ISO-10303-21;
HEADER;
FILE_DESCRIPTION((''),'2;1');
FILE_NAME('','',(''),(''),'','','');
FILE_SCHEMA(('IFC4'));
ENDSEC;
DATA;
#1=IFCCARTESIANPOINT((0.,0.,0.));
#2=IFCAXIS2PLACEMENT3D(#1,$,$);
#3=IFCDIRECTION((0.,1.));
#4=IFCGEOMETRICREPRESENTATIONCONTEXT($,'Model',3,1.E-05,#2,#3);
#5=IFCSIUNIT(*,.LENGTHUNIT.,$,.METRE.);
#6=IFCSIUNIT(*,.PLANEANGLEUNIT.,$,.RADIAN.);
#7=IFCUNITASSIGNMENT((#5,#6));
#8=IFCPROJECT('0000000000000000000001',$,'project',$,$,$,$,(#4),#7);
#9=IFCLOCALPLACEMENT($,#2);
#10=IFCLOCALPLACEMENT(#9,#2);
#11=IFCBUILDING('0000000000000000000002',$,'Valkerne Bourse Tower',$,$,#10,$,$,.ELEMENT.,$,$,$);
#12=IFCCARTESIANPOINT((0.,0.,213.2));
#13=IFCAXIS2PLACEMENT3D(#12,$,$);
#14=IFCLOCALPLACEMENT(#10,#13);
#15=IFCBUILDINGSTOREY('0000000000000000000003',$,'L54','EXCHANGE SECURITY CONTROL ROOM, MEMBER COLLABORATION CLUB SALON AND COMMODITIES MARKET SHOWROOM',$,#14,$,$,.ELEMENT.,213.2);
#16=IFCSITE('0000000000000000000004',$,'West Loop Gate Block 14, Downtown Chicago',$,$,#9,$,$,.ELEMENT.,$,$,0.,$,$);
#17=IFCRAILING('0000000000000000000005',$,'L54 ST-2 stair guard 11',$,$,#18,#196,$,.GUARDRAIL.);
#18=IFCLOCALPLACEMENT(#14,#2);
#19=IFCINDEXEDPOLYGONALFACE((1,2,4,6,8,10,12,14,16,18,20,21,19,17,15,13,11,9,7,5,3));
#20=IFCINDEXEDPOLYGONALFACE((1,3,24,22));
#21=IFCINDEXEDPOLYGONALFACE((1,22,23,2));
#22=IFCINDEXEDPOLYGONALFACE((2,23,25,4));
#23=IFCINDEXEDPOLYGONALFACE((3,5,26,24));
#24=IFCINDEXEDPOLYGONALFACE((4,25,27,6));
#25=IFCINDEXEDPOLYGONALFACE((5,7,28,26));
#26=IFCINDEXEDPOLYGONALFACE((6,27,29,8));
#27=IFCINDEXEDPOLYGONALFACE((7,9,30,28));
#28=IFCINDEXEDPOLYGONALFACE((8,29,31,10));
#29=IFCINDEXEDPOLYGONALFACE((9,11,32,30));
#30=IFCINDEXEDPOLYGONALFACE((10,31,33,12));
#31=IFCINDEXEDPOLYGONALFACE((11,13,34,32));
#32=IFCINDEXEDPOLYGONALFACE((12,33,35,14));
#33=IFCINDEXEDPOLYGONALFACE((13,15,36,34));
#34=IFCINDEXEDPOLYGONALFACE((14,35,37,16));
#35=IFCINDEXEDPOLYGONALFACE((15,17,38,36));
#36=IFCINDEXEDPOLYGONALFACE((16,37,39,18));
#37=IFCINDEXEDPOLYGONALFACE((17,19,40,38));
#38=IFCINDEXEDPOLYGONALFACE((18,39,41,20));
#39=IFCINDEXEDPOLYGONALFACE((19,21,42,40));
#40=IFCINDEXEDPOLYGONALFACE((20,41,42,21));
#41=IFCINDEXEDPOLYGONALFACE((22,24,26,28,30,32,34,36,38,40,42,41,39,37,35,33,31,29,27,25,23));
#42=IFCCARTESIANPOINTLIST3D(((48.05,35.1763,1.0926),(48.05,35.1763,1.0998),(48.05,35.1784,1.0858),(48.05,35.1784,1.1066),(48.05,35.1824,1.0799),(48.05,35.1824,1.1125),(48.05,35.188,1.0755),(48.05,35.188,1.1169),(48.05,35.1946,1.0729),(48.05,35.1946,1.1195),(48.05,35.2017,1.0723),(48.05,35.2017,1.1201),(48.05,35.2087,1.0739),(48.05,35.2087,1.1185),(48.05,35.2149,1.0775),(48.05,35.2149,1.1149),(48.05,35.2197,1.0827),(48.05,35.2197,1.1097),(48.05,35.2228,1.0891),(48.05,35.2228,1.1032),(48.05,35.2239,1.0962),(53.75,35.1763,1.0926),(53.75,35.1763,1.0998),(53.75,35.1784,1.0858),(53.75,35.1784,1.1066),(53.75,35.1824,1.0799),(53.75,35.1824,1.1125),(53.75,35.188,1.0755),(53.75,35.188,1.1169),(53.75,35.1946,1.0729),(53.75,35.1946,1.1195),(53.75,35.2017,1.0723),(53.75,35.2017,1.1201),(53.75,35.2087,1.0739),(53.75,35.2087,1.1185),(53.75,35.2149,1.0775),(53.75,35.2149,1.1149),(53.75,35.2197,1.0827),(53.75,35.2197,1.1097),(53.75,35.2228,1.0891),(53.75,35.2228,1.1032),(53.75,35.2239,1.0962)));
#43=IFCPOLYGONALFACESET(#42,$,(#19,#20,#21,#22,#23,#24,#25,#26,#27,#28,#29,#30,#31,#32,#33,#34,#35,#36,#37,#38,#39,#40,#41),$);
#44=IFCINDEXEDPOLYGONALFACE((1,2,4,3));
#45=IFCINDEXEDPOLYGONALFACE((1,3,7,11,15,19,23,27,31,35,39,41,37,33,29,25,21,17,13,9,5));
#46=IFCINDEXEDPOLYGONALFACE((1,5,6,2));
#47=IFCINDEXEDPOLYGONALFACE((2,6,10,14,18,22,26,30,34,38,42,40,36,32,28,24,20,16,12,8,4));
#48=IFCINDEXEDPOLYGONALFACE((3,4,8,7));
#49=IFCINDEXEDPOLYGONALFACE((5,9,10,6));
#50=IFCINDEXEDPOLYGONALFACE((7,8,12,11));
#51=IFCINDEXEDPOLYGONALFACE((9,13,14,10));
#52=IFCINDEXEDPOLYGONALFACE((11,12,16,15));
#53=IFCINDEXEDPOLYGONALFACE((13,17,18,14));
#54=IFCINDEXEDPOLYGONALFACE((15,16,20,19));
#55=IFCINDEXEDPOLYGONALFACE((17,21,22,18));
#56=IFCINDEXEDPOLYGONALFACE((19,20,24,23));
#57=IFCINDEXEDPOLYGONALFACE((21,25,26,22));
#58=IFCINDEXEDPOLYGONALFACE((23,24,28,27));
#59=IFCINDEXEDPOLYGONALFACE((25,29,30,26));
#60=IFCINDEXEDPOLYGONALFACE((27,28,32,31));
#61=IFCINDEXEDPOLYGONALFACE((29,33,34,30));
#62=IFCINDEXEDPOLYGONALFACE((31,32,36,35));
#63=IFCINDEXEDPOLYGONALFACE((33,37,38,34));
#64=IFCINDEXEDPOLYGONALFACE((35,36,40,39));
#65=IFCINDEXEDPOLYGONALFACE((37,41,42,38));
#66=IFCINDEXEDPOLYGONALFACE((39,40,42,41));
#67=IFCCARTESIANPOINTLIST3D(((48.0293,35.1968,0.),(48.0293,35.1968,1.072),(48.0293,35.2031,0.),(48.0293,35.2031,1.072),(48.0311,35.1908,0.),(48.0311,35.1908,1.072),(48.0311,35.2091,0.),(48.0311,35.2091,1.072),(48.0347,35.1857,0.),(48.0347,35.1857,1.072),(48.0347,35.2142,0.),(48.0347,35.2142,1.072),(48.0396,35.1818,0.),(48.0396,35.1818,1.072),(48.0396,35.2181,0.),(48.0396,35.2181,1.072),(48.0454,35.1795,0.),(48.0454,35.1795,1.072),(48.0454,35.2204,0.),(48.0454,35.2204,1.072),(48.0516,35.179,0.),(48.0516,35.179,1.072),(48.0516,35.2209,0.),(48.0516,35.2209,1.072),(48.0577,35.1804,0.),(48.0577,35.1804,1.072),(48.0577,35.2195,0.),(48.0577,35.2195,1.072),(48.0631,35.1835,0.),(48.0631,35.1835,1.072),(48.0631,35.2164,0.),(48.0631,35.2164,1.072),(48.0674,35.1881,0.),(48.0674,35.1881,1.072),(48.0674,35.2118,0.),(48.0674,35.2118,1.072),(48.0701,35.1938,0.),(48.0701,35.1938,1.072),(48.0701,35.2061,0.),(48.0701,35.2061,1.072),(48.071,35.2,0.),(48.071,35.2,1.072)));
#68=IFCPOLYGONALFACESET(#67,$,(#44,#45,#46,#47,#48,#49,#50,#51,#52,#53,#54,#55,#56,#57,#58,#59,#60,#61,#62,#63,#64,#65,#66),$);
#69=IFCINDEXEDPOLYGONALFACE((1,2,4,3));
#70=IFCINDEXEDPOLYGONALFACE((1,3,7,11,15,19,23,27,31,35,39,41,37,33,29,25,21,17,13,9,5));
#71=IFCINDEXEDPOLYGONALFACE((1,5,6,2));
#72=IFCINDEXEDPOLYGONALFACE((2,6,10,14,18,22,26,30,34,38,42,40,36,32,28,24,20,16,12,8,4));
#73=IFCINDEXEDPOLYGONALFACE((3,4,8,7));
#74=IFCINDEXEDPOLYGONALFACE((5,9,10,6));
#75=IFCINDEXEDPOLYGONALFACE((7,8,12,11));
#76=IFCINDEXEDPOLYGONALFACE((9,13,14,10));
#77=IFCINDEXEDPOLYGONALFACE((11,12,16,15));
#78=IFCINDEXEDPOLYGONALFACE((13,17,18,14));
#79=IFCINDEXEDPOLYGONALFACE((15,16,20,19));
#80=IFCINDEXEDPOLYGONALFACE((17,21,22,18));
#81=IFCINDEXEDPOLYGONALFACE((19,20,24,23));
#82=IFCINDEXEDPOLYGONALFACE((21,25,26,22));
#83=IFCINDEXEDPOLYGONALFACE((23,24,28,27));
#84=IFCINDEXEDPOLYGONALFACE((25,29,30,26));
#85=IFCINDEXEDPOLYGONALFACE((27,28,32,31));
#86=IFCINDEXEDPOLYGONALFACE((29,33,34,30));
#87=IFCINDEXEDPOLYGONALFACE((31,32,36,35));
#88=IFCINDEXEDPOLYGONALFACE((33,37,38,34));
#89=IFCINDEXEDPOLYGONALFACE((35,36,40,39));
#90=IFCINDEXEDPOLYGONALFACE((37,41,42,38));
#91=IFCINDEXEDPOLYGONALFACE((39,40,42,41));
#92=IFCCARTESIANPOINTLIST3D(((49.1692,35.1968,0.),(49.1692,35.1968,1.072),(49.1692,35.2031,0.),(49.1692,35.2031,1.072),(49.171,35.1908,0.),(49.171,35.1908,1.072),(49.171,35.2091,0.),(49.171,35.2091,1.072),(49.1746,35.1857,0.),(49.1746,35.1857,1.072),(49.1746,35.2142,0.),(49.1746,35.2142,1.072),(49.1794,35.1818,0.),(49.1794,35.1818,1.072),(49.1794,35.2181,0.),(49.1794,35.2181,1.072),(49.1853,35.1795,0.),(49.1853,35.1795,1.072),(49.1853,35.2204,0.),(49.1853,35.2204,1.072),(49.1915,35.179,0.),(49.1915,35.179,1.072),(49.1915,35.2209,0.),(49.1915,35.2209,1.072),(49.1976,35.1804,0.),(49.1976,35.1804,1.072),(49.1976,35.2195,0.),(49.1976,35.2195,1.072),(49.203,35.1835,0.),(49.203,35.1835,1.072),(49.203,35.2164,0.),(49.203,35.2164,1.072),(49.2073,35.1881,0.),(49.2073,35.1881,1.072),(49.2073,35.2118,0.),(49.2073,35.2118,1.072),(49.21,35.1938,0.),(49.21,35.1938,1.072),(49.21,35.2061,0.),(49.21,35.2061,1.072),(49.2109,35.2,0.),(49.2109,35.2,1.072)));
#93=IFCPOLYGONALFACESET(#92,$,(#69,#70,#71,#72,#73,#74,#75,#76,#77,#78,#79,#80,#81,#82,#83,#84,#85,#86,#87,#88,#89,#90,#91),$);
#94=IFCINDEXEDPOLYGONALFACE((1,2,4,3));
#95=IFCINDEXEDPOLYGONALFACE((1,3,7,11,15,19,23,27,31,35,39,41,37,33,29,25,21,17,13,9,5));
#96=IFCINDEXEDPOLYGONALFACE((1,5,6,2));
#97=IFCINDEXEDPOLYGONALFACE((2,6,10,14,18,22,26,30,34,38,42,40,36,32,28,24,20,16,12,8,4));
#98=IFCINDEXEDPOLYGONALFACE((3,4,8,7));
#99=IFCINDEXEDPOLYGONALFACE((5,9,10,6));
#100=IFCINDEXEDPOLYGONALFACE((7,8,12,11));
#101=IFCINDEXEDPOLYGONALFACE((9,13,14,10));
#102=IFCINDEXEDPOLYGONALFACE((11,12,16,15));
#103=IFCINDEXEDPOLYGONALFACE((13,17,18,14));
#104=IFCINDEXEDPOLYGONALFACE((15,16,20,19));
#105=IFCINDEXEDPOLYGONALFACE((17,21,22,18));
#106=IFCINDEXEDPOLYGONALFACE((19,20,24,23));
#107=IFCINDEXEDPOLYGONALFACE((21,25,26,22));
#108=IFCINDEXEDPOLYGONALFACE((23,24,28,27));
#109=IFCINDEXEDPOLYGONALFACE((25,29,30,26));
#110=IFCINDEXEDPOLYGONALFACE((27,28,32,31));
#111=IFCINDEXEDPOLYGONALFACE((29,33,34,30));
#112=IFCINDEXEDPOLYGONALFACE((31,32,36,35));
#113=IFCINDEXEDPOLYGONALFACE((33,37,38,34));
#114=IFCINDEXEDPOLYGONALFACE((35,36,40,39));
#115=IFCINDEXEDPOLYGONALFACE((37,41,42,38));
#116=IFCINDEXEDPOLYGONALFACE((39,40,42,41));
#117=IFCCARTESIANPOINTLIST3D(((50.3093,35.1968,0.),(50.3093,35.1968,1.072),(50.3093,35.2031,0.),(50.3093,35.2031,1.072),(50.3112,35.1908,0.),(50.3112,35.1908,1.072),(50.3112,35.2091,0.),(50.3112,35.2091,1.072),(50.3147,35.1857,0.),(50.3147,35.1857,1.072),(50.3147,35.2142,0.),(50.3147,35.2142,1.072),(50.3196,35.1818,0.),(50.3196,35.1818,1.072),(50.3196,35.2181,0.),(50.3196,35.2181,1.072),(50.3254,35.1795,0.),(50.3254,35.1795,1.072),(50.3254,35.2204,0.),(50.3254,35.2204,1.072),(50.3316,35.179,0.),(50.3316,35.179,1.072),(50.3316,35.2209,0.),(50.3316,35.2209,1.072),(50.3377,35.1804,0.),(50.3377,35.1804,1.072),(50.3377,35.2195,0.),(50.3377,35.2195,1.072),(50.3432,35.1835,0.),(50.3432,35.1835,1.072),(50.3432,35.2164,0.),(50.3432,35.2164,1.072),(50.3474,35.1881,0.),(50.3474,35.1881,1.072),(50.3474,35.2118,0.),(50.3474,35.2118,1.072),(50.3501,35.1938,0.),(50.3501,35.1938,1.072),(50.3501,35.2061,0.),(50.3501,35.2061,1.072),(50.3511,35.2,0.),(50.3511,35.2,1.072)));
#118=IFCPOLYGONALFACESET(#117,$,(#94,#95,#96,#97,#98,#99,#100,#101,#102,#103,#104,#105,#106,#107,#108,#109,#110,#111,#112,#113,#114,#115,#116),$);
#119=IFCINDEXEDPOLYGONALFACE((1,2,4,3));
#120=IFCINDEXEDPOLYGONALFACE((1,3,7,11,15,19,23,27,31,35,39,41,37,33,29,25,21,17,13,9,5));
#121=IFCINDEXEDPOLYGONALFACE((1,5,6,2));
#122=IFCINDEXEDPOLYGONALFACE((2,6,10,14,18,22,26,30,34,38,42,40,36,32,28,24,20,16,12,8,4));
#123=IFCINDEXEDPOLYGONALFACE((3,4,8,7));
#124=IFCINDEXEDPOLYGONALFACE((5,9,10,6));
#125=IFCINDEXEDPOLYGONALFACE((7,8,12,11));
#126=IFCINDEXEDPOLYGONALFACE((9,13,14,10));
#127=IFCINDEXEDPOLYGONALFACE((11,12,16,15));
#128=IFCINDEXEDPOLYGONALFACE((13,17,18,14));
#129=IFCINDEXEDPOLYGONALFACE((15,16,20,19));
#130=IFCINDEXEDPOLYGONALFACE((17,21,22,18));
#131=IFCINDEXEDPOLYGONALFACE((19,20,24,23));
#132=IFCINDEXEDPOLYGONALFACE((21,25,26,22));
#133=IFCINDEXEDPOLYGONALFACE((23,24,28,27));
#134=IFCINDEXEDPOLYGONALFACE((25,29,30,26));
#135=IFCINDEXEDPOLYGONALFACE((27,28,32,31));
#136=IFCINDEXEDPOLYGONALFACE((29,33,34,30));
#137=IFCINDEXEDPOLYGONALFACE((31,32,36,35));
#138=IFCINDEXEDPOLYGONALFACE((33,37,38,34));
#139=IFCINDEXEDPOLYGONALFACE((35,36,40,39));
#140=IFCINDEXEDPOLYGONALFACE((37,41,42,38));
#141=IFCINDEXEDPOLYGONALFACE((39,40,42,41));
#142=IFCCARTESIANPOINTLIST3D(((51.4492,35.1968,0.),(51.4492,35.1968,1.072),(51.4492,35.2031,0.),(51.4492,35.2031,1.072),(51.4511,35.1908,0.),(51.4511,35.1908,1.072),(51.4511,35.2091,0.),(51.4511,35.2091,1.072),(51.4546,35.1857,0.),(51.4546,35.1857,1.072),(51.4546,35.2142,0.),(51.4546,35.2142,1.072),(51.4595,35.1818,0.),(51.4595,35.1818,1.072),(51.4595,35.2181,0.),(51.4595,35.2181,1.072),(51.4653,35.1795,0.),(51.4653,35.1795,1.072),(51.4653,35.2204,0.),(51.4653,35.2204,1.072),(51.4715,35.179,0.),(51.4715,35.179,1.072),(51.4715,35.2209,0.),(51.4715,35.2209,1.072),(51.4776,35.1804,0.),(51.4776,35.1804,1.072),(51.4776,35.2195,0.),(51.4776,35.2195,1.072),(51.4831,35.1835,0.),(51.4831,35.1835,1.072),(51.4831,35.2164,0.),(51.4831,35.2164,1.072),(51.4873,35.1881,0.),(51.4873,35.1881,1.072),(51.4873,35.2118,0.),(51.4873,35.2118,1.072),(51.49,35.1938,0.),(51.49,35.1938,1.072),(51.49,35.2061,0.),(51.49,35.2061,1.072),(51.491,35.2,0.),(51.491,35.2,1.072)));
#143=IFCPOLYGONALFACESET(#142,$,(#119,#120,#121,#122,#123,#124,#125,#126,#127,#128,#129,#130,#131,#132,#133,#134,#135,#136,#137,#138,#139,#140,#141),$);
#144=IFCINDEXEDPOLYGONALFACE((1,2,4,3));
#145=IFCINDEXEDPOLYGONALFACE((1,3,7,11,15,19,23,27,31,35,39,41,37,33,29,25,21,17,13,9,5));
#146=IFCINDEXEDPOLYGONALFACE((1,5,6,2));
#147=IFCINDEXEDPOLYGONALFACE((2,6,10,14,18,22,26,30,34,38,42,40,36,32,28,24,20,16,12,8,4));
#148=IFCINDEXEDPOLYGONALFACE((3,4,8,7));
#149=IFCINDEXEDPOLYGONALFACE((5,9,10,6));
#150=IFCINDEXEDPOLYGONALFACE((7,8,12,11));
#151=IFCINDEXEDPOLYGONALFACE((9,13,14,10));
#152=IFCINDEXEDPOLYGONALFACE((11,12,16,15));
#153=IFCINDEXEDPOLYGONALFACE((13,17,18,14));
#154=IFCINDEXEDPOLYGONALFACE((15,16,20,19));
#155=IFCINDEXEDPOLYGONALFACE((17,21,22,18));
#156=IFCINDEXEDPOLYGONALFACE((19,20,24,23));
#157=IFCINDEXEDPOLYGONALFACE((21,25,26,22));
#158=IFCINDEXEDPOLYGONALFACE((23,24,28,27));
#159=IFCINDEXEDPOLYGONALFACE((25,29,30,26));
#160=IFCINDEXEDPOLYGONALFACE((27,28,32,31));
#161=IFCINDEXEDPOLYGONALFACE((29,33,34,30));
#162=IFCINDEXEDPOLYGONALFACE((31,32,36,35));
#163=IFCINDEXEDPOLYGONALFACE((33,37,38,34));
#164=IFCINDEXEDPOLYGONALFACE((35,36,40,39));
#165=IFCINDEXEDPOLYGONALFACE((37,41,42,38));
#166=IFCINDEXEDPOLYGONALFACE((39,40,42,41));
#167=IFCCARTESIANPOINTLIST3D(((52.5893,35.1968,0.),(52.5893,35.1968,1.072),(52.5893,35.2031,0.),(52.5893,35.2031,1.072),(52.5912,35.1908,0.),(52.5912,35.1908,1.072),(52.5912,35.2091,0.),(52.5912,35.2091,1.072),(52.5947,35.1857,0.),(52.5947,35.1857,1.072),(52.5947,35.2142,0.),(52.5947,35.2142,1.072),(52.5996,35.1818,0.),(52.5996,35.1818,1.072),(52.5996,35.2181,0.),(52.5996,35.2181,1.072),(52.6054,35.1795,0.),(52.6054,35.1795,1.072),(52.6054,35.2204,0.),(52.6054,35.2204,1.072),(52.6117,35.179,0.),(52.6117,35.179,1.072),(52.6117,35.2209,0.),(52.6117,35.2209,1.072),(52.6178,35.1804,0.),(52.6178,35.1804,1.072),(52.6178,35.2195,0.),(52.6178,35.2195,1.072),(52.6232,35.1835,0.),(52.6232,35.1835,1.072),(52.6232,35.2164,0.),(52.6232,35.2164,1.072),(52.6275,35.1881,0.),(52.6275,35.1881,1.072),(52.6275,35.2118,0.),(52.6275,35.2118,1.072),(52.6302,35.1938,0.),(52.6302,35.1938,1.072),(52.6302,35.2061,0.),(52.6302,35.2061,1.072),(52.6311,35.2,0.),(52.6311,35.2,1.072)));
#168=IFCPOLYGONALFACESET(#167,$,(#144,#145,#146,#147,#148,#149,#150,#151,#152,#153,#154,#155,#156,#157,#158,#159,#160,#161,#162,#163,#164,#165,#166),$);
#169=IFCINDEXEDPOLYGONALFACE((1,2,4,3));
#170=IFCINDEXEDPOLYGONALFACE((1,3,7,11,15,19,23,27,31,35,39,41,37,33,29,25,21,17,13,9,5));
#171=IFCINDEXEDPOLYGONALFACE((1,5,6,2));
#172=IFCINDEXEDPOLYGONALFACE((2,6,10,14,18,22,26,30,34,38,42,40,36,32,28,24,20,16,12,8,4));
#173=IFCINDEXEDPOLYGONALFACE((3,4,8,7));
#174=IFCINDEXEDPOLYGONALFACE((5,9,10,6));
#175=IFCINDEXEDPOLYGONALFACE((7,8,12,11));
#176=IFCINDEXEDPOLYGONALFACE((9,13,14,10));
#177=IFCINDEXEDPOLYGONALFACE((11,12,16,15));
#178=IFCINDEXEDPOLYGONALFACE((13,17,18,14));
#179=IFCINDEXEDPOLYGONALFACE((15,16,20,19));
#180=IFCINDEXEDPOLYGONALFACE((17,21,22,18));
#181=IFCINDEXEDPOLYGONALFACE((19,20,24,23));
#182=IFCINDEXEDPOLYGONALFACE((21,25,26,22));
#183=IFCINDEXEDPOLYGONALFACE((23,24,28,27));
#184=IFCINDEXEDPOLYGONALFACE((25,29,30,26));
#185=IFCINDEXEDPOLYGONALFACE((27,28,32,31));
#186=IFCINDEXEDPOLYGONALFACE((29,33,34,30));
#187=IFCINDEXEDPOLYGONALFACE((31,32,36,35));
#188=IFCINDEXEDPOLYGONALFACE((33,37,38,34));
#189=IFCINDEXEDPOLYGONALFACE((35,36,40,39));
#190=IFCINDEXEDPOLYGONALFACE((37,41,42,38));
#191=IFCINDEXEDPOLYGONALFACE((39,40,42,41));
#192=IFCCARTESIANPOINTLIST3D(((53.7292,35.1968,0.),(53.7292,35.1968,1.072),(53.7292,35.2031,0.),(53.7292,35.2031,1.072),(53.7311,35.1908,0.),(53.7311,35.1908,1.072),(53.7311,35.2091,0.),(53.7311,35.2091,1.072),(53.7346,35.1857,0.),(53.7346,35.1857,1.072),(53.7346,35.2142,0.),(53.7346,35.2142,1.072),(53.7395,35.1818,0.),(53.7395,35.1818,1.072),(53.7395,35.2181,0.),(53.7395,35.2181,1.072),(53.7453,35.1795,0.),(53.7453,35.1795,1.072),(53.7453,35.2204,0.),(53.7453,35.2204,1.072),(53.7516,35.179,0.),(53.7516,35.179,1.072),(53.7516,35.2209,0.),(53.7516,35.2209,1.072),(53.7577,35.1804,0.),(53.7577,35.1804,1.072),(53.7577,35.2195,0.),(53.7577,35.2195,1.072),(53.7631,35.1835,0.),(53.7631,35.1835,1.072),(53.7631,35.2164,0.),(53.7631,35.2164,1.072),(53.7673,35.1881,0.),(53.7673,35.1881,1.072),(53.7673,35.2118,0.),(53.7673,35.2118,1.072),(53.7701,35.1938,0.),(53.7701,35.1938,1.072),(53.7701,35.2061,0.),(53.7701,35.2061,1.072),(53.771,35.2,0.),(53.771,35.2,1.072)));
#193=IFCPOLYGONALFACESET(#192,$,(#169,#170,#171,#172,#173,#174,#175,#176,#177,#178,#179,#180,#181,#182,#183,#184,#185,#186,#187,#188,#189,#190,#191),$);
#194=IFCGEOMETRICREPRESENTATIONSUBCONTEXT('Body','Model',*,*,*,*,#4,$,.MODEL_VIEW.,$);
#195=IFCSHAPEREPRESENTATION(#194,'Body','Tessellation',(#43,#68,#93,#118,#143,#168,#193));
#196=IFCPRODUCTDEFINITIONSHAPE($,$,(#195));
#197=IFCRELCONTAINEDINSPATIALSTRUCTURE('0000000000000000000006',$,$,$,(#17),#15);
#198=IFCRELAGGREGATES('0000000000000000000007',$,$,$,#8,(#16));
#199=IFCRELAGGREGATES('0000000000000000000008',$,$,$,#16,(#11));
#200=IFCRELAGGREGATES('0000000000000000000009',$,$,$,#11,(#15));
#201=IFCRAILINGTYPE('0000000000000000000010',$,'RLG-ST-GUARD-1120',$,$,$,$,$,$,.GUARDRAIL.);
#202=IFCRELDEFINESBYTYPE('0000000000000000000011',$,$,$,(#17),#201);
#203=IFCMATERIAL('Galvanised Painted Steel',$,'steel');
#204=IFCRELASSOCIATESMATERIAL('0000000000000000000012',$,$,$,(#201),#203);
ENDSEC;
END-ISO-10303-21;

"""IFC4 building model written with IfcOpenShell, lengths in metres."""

from ifc_helpers import new_model, si_unit, direction, frame, origin, origin_2d, place, context, subcontext, project, spatial, circle, extrude, material, type_object, element, save


model = new_model("IFC4")

# Units and contexts
model_context = context("Model", 3, precision=1e-05, world=origin(), true_north=direction((0.0, 1.0)))
body_context = subcontext(model_context, "Body", "Model", "MODEL_VIEW")
ifc_project = project(units=[si_unit("LENGTHUNIT", "METRE"), si_unit("PLANEANGLEUNIT", "RADIAN")], contexts=[model_context])

# Site, building, storey
site_placement = place(None, origin())
site = spatial("IfcSite", under=ifc_project, at=site_placement, Name="West Loop Gate Block 14, Downtown Chicago", CompositionType="ELEMENT", RefElevation=0.0)
building_placement = place(site_placement, origin())
building = spatial("IfcBuilding", under=site, at=building_placement, Name="Valkerne Bourse Tower", CompositionType="ELEMENT")
storey_placement = place(building_placement, frame((0.0, 0.0, 213.2)))
storey = spatial("IfcBuildingStorey", under=building, at=storey_placement, Name="L54", Description="EXCHANGE SECURITY CONTROL ROOM, MEMBER COLLABORATION CLUB SALON AND COMMODITIES MARKET SHOWROOM", CompositionType="ELEMENT", Elevation=213.2)

# Shared definitions
ifc_material_1 = material(Name="Galvanised Painted Steel", Category="steel")

# Railing
railing_type_1 = type_object("IfcRailingType", Name="RLG-ST-GUARD-1120", PredefinedType="GUARDRAIL", material=ifc_material_1)
for number, where, name in (
    (1, (48.05, 35.2, 0.0), "L54 ST-2 stair guard 11"),
):
    element("IfcRailing", number, at=place(storey_placement, frame(where)), inside=storey, type_object=railing_type_1, Name=name, PredefinedType="GUARDRAIL", context=body_context, shape_type="SweptSolid", body=[
        extrude(circle(Radius=0.0239, at=origin_2d()), frame((0.0, 0.0, 1.0962), z_axis=(1.0, 0.0, 0.0), x_axis=(0.0, 1.0, 0.0)), (0.0, 0.0, 1.0), 5.7),
        extrude(circle(Radius=0.021, at=origin_2d()), origin(), (0.0, 0.0, 1.0), 1.072),
        extrude(circle(Radius=0.021, at=origin_2d()), frame((1.1399, 0.0, 0.0)), (0.0, 0.0, 1.0), 1.072),
        extrude(circle(Radius=0.021, at=origin_2d()), frame((2.28, 0.0, 0.0)), (0.0, 0.0, 1.0), 1.072),
        extrude(circle(Radius=0.021, at=origin_2d()), frame((3.4199, 0.0, 0.0)), (0.0, 0.0, 1.0), 1.072),
        extrude(circle(Radius=0.021, at=origin_2d()), frame((4.5601, 0.0, 0.0)), (0.0, 0.0, 1.0), 1.072),
        extrude(circle(Radius=0.021, at=origin_2d()), frame((5.7, 0.0, 0.0)), (0.0, 0.0, 1.0), 1.072),
    ])

save(model, "model.ifc")
